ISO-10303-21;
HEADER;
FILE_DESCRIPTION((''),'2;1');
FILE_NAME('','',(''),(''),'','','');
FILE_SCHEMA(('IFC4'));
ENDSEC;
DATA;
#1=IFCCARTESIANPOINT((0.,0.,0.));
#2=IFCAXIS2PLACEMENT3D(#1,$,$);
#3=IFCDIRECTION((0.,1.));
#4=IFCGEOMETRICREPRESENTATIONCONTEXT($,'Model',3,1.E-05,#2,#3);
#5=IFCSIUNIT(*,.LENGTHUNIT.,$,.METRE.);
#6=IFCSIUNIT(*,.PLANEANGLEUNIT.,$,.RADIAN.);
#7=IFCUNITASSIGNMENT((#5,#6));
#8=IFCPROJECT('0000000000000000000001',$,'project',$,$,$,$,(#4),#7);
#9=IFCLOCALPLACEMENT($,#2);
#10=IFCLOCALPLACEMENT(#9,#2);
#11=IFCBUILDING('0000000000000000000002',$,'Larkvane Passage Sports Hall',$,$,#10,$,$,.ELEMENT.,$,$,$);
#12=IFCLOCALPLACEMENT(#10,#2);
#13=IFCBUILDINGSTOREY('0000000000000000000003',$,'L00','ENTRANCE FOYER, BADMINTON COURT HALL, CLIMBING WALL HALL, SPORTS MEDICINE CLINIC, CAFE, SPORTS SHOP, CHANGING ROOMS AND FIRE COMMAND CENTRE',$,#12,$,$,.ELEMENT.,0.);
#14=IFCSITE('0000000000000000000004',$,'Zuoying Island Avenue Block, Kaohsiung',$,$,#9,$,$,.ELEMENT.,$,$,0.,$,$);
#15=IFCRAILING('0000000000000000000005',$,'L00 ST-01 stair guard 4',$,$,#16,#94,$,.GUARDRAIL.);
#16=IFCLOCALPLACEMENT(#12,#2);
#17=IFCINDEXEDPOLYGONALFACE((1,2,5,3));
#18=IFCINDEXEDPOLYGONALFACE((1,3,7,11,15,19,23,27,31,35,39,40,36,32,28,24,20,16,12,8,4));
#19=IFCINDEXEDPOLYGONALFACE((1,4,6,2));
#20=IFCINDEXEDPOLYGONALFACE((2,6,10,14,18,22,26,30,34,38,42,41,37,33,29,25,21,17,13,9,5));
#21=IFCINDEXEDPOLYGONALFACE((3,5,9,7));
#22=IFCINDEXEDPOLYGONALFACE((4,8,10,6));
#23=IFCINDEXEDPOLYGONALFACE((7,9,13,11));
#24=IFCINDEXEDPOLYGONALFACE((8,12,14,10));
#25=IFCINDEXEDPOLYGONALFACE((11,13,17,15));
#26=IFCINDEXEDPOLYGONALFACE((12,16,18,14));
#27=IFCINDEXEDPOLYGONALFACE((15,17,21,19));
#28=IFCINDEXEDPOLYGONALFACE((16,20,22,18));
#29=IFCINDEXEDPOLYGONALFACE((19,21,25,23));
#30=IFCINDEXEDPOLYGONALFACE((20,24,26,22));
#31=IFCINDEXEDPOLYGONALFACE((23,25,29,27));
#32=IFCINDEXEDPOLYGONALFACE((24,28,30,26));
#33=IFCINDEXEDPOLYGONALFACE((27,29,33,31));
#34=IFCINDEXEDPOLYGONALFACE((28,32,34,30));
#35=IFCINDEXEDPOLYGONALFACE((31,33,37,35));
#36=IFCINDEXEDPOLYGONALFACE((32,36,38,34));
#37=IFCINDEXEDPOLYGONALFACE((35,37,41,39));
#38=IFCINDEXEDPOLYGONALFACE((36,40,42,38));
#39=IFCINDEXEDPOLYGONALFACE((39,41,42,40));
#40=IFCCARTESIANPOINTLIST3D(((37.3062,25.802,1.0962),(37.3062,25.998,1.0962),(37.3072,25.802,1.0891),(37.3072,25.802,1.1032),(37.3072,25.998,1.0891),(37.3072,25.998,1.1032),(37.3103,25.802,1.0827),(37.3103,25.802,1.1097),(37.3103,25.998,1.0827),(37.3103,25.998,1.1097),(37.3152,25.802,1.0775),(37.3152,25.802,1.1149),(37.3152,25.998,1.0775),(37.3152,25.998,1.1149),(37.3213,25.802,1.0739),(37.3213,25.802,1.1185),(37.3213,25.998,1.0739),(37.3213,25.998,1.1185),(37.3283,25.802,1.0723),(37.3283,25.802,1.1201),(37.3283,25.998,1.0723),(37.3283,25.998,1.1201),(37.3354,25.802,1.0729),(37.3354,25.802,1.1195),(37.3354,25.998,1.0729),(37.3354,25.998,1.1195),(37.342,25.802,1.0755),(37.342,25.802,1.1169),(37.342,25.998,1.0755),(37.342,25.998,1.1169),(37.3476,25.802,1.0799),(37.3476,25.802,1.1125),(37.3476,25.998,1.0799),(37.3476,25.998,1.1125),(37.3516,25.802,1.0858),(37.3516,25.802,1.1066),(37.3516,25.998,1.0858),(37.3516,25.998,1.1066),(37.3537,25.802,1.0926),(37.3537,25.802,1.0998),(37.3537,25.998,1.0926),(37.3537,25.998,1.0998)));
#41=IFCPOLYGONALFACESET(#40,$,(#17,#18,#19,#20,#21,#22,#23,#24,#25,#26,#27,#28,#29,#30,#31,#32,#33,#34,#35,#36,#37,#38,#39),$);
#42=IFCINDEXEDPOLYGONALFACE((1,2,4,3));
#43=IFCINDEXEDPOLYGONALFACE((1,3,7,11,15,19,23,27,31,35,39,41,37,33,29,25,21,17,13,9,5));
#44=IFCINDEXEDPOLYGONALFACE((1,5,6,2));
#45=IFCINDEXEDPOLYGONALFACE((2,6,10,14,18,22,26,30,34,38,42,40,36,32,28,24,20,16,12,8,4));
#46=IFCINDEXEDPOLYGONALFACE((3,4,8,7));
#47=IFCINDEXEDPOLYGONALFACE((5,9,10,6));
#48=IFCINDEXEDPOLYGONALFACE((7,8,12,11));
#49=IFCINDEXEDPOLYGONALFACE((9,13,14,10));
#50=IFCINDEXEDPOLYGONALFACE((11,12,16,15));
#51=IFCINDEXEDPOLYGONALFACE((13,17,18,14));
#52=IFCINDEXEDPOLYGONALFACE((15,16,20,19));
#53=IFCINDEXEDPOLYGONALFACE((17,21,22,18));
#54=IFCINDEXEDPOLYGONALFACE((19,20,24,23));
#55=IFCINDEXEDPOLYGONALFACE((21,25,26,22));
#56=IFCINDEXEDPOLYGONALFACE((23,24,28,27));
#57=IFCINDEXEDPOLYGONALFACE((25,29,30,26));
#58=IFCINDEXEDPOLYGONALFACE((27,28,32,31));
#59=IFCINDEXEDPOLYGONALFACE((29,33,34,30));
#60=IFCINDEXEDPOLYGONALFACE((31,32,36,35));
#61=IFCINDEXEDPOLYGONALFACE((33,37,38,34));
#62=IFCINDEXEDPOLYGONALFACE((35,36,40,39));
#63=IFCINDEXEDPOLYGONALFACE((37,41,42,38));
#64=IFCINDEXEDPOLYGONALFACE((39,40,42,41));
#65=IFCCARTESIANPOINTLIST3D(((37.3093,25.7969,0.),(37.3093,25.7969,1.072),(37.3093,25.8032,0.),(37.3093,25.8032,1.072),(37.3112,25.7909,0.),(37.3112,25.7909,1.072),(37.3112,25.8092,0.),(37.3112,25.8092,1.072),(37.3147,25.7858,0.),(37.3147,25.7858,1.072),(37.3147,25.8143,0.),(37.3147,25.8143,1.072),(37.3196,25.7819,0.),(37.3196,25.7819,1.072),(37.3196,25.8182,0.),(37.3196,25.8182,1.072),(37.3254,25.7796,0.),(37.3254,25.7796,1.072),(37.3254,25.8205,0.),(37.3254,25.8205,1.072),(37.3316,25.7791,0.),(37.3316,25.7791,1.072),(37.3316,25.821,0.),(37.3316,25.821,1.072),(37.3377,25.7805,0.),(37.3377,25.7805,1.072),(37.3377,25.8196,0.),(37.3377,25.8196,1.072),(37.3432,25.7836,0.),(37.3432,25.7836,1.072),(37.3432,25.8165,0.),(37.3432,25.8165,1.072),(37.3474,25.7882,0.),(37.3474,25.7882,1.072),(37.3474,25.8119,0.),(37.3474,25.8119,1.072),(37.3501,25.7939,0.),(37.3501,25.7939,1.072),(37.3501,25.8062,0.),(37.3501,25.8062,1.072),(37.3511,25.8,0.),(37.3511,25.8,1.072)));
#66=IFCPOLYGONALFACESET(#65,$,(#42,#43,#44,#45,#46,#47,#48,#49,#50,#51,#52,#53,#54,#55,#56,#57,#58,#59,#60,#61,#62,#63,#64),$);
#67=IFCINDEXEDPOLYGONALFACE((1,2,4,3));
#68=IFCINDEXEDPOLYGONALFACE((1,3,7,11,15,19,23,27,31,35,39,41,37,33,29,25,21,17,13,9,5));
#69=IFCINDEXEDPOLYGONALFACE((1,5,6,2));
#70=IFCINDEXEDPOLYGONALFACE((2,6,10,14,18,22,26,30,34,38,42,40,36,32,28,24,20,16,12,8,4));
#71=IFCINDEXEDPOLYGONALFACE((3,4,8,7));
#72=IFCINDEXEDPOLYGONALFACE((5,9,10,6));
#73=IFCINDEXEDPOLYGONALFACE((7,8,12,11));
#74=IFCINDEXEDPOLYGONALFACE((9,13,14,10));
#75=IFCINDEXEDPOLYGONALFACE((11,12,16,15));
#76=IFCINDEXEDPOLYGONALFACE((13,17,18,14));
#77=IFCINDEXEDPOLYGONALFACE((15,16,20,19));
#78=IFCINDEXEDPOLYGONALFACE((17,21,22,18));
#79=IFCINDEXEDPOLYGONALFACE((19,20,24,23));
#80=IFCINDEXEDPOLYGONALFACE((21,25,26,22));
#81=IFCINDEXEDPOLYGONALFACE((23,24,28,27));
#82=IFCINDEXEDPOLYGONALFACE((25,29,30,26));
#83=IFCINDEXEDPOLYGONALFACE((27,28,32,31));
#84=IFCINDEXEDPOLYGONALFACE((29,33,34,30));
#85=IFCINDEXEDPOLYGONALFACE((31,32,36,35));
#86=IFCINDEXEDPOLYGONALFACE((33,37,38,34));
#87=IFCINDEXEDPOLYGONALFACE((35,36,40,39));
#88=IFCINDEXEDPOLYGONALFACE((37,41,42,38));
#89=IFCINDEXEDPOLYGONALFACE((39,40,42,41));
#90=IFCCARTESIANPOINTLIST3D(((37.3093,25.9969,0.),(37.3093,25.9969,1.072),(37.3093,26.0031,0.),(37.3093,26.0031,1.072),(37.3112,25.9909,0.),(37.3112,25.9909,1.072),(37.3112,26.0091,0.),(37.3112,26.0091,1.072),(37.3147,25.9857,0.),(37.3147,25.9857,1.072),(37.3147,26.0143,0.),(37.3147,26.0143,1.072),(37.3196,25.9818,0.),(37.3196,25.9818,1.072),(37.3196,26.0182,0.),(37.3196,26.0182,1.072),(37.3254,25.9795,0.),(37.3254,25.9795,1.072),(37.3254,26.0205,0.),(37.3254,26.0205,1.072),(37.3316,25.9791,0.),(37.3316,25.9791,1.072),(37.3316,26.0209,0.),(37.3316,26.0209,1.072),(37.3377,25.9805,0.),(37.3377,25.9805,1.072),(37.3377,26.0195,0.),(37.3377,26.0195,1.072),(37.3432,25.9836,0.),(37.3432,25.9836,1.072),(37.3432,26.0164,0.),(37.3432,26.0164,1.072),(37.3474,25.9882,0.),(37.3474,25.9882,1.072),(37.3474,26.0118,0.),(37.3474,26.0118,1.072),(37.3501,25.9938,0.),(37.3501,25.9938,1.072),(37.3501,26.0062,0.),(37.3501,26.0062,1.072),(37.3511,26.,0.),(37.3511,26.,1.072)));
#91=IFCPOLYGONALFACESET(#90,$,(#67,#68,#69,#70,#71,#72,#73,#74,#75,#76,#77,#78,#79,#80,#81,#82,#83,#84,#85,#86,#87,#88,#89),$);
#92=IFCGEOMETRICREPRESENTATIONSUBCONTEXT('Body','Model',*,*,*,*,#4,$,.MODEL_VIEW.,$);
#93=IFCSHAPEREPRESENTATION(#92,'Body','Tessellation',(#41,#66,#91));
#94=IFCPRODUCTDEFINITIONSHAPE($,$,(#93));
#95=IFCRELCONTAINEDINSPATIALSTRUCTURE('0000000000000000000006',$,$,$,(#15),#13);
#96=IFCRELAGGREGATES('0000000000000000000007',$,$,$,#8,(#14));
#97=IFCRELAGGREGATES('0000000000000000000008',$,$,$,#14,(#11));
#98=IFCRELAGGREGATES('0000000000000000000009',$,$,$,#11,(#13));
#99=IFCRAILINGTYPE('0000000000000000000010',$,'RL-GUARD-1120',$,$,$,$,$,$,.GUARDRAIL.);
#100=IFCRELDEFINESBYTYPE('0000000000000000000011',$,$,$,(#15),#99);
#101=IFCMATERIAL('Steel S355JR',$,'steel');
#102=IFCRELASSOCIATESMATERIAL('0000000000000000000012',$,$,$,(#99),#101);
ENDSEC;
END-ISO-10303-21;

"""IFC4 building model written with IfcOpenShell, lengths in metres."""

from ifc_helpers import new_model, si_unit, direction, frame, origin, origin_2d, place, context, subcontext, project, spatial, circle, extrude, material, type_object, element, save


model = new_model("IFC4")

# Units and contexts
model_context = context("Model", 3, precision=1e-05, world=origin(), true_north=direction((0.0, 1.0)))
body_context = subcontext(model_context, "Body", "Model", "MODEL_VIEW")
ifc_project = project(units=[si_unit("LENGTHUNIT", "METRE"), si_unit("PLANEANGLEUNIT", "RADIAN")], contexts=[model_context])

# Site, building, storey
site_placement = place(None, origin())
site = spatial("IfcSite", under=ifc_project, at=site_placement, Name="Zuoying Island Avenue Block, Kaohsiung", CompositionType="ELEMENT", RefElevation=0.0)
building_placement = place(site_placement, origin())
building = spatial("IfcBuilding", under=site, at=building_placement, Name="Larkvane Passage Sports Hall", CompositionType="ELEMENT")
storey_placement = place(building_placement, origin())
storey = spatial("IfcBuildingStorey", under=building, at=storey_placement, Name="L00", Description="ENTRANCE FOYER, BADMINTON COURT HALL, CLIMBING WALL HALL, SPORTS MEDICINE CLINIC, CAFE, SPORTS SHOP, CHANGING ROOMS AND FIRE COMMAND CENTRE", CompositionType="ELEMENT", Elevation=0.0)

# Railing
ifc_material_1 = material(Name="Steel S355JR", Category="steel")
railing_type_1 = type_object("IfcRailingType", Name="RL-GUARD-1120", PredefinedType="GUARDRAIL", material=ifc_material_1)
railing_1_placement = place(storey_placement, frame((37.3301, 25.8, 0.0)))
element("IfcRailing", 1, at=railing_1_placement, inside=storey, type_object=railing_type_1, Name="L00 ST-01 stair guard 4", PredefinedType="GUARDRAIL", context=body_context, shape_type="SweptSolid", body=[
    extrude(circle(Radius=0.0239, at=origin_2d()), frame((0.0, 0.002, 1.0962), z_axis=(0.0, 1.0, 0.0), x_axis=(-1.0, 0.0, 0.0)), (0.0, 0.0, 1.0), 0.196),
    extrude(circle(Radius=0.021, at=origin_2d()), origin(), (0.0, 0.0, 1.0), 1.072),
    extrude(circle(Radius=0.021, at=origin_2d()), frame((0.0, 0.2, 0.0)), (0.0, 0.0, 1.0), 1.072),
])

save(model, "model.ifc")
